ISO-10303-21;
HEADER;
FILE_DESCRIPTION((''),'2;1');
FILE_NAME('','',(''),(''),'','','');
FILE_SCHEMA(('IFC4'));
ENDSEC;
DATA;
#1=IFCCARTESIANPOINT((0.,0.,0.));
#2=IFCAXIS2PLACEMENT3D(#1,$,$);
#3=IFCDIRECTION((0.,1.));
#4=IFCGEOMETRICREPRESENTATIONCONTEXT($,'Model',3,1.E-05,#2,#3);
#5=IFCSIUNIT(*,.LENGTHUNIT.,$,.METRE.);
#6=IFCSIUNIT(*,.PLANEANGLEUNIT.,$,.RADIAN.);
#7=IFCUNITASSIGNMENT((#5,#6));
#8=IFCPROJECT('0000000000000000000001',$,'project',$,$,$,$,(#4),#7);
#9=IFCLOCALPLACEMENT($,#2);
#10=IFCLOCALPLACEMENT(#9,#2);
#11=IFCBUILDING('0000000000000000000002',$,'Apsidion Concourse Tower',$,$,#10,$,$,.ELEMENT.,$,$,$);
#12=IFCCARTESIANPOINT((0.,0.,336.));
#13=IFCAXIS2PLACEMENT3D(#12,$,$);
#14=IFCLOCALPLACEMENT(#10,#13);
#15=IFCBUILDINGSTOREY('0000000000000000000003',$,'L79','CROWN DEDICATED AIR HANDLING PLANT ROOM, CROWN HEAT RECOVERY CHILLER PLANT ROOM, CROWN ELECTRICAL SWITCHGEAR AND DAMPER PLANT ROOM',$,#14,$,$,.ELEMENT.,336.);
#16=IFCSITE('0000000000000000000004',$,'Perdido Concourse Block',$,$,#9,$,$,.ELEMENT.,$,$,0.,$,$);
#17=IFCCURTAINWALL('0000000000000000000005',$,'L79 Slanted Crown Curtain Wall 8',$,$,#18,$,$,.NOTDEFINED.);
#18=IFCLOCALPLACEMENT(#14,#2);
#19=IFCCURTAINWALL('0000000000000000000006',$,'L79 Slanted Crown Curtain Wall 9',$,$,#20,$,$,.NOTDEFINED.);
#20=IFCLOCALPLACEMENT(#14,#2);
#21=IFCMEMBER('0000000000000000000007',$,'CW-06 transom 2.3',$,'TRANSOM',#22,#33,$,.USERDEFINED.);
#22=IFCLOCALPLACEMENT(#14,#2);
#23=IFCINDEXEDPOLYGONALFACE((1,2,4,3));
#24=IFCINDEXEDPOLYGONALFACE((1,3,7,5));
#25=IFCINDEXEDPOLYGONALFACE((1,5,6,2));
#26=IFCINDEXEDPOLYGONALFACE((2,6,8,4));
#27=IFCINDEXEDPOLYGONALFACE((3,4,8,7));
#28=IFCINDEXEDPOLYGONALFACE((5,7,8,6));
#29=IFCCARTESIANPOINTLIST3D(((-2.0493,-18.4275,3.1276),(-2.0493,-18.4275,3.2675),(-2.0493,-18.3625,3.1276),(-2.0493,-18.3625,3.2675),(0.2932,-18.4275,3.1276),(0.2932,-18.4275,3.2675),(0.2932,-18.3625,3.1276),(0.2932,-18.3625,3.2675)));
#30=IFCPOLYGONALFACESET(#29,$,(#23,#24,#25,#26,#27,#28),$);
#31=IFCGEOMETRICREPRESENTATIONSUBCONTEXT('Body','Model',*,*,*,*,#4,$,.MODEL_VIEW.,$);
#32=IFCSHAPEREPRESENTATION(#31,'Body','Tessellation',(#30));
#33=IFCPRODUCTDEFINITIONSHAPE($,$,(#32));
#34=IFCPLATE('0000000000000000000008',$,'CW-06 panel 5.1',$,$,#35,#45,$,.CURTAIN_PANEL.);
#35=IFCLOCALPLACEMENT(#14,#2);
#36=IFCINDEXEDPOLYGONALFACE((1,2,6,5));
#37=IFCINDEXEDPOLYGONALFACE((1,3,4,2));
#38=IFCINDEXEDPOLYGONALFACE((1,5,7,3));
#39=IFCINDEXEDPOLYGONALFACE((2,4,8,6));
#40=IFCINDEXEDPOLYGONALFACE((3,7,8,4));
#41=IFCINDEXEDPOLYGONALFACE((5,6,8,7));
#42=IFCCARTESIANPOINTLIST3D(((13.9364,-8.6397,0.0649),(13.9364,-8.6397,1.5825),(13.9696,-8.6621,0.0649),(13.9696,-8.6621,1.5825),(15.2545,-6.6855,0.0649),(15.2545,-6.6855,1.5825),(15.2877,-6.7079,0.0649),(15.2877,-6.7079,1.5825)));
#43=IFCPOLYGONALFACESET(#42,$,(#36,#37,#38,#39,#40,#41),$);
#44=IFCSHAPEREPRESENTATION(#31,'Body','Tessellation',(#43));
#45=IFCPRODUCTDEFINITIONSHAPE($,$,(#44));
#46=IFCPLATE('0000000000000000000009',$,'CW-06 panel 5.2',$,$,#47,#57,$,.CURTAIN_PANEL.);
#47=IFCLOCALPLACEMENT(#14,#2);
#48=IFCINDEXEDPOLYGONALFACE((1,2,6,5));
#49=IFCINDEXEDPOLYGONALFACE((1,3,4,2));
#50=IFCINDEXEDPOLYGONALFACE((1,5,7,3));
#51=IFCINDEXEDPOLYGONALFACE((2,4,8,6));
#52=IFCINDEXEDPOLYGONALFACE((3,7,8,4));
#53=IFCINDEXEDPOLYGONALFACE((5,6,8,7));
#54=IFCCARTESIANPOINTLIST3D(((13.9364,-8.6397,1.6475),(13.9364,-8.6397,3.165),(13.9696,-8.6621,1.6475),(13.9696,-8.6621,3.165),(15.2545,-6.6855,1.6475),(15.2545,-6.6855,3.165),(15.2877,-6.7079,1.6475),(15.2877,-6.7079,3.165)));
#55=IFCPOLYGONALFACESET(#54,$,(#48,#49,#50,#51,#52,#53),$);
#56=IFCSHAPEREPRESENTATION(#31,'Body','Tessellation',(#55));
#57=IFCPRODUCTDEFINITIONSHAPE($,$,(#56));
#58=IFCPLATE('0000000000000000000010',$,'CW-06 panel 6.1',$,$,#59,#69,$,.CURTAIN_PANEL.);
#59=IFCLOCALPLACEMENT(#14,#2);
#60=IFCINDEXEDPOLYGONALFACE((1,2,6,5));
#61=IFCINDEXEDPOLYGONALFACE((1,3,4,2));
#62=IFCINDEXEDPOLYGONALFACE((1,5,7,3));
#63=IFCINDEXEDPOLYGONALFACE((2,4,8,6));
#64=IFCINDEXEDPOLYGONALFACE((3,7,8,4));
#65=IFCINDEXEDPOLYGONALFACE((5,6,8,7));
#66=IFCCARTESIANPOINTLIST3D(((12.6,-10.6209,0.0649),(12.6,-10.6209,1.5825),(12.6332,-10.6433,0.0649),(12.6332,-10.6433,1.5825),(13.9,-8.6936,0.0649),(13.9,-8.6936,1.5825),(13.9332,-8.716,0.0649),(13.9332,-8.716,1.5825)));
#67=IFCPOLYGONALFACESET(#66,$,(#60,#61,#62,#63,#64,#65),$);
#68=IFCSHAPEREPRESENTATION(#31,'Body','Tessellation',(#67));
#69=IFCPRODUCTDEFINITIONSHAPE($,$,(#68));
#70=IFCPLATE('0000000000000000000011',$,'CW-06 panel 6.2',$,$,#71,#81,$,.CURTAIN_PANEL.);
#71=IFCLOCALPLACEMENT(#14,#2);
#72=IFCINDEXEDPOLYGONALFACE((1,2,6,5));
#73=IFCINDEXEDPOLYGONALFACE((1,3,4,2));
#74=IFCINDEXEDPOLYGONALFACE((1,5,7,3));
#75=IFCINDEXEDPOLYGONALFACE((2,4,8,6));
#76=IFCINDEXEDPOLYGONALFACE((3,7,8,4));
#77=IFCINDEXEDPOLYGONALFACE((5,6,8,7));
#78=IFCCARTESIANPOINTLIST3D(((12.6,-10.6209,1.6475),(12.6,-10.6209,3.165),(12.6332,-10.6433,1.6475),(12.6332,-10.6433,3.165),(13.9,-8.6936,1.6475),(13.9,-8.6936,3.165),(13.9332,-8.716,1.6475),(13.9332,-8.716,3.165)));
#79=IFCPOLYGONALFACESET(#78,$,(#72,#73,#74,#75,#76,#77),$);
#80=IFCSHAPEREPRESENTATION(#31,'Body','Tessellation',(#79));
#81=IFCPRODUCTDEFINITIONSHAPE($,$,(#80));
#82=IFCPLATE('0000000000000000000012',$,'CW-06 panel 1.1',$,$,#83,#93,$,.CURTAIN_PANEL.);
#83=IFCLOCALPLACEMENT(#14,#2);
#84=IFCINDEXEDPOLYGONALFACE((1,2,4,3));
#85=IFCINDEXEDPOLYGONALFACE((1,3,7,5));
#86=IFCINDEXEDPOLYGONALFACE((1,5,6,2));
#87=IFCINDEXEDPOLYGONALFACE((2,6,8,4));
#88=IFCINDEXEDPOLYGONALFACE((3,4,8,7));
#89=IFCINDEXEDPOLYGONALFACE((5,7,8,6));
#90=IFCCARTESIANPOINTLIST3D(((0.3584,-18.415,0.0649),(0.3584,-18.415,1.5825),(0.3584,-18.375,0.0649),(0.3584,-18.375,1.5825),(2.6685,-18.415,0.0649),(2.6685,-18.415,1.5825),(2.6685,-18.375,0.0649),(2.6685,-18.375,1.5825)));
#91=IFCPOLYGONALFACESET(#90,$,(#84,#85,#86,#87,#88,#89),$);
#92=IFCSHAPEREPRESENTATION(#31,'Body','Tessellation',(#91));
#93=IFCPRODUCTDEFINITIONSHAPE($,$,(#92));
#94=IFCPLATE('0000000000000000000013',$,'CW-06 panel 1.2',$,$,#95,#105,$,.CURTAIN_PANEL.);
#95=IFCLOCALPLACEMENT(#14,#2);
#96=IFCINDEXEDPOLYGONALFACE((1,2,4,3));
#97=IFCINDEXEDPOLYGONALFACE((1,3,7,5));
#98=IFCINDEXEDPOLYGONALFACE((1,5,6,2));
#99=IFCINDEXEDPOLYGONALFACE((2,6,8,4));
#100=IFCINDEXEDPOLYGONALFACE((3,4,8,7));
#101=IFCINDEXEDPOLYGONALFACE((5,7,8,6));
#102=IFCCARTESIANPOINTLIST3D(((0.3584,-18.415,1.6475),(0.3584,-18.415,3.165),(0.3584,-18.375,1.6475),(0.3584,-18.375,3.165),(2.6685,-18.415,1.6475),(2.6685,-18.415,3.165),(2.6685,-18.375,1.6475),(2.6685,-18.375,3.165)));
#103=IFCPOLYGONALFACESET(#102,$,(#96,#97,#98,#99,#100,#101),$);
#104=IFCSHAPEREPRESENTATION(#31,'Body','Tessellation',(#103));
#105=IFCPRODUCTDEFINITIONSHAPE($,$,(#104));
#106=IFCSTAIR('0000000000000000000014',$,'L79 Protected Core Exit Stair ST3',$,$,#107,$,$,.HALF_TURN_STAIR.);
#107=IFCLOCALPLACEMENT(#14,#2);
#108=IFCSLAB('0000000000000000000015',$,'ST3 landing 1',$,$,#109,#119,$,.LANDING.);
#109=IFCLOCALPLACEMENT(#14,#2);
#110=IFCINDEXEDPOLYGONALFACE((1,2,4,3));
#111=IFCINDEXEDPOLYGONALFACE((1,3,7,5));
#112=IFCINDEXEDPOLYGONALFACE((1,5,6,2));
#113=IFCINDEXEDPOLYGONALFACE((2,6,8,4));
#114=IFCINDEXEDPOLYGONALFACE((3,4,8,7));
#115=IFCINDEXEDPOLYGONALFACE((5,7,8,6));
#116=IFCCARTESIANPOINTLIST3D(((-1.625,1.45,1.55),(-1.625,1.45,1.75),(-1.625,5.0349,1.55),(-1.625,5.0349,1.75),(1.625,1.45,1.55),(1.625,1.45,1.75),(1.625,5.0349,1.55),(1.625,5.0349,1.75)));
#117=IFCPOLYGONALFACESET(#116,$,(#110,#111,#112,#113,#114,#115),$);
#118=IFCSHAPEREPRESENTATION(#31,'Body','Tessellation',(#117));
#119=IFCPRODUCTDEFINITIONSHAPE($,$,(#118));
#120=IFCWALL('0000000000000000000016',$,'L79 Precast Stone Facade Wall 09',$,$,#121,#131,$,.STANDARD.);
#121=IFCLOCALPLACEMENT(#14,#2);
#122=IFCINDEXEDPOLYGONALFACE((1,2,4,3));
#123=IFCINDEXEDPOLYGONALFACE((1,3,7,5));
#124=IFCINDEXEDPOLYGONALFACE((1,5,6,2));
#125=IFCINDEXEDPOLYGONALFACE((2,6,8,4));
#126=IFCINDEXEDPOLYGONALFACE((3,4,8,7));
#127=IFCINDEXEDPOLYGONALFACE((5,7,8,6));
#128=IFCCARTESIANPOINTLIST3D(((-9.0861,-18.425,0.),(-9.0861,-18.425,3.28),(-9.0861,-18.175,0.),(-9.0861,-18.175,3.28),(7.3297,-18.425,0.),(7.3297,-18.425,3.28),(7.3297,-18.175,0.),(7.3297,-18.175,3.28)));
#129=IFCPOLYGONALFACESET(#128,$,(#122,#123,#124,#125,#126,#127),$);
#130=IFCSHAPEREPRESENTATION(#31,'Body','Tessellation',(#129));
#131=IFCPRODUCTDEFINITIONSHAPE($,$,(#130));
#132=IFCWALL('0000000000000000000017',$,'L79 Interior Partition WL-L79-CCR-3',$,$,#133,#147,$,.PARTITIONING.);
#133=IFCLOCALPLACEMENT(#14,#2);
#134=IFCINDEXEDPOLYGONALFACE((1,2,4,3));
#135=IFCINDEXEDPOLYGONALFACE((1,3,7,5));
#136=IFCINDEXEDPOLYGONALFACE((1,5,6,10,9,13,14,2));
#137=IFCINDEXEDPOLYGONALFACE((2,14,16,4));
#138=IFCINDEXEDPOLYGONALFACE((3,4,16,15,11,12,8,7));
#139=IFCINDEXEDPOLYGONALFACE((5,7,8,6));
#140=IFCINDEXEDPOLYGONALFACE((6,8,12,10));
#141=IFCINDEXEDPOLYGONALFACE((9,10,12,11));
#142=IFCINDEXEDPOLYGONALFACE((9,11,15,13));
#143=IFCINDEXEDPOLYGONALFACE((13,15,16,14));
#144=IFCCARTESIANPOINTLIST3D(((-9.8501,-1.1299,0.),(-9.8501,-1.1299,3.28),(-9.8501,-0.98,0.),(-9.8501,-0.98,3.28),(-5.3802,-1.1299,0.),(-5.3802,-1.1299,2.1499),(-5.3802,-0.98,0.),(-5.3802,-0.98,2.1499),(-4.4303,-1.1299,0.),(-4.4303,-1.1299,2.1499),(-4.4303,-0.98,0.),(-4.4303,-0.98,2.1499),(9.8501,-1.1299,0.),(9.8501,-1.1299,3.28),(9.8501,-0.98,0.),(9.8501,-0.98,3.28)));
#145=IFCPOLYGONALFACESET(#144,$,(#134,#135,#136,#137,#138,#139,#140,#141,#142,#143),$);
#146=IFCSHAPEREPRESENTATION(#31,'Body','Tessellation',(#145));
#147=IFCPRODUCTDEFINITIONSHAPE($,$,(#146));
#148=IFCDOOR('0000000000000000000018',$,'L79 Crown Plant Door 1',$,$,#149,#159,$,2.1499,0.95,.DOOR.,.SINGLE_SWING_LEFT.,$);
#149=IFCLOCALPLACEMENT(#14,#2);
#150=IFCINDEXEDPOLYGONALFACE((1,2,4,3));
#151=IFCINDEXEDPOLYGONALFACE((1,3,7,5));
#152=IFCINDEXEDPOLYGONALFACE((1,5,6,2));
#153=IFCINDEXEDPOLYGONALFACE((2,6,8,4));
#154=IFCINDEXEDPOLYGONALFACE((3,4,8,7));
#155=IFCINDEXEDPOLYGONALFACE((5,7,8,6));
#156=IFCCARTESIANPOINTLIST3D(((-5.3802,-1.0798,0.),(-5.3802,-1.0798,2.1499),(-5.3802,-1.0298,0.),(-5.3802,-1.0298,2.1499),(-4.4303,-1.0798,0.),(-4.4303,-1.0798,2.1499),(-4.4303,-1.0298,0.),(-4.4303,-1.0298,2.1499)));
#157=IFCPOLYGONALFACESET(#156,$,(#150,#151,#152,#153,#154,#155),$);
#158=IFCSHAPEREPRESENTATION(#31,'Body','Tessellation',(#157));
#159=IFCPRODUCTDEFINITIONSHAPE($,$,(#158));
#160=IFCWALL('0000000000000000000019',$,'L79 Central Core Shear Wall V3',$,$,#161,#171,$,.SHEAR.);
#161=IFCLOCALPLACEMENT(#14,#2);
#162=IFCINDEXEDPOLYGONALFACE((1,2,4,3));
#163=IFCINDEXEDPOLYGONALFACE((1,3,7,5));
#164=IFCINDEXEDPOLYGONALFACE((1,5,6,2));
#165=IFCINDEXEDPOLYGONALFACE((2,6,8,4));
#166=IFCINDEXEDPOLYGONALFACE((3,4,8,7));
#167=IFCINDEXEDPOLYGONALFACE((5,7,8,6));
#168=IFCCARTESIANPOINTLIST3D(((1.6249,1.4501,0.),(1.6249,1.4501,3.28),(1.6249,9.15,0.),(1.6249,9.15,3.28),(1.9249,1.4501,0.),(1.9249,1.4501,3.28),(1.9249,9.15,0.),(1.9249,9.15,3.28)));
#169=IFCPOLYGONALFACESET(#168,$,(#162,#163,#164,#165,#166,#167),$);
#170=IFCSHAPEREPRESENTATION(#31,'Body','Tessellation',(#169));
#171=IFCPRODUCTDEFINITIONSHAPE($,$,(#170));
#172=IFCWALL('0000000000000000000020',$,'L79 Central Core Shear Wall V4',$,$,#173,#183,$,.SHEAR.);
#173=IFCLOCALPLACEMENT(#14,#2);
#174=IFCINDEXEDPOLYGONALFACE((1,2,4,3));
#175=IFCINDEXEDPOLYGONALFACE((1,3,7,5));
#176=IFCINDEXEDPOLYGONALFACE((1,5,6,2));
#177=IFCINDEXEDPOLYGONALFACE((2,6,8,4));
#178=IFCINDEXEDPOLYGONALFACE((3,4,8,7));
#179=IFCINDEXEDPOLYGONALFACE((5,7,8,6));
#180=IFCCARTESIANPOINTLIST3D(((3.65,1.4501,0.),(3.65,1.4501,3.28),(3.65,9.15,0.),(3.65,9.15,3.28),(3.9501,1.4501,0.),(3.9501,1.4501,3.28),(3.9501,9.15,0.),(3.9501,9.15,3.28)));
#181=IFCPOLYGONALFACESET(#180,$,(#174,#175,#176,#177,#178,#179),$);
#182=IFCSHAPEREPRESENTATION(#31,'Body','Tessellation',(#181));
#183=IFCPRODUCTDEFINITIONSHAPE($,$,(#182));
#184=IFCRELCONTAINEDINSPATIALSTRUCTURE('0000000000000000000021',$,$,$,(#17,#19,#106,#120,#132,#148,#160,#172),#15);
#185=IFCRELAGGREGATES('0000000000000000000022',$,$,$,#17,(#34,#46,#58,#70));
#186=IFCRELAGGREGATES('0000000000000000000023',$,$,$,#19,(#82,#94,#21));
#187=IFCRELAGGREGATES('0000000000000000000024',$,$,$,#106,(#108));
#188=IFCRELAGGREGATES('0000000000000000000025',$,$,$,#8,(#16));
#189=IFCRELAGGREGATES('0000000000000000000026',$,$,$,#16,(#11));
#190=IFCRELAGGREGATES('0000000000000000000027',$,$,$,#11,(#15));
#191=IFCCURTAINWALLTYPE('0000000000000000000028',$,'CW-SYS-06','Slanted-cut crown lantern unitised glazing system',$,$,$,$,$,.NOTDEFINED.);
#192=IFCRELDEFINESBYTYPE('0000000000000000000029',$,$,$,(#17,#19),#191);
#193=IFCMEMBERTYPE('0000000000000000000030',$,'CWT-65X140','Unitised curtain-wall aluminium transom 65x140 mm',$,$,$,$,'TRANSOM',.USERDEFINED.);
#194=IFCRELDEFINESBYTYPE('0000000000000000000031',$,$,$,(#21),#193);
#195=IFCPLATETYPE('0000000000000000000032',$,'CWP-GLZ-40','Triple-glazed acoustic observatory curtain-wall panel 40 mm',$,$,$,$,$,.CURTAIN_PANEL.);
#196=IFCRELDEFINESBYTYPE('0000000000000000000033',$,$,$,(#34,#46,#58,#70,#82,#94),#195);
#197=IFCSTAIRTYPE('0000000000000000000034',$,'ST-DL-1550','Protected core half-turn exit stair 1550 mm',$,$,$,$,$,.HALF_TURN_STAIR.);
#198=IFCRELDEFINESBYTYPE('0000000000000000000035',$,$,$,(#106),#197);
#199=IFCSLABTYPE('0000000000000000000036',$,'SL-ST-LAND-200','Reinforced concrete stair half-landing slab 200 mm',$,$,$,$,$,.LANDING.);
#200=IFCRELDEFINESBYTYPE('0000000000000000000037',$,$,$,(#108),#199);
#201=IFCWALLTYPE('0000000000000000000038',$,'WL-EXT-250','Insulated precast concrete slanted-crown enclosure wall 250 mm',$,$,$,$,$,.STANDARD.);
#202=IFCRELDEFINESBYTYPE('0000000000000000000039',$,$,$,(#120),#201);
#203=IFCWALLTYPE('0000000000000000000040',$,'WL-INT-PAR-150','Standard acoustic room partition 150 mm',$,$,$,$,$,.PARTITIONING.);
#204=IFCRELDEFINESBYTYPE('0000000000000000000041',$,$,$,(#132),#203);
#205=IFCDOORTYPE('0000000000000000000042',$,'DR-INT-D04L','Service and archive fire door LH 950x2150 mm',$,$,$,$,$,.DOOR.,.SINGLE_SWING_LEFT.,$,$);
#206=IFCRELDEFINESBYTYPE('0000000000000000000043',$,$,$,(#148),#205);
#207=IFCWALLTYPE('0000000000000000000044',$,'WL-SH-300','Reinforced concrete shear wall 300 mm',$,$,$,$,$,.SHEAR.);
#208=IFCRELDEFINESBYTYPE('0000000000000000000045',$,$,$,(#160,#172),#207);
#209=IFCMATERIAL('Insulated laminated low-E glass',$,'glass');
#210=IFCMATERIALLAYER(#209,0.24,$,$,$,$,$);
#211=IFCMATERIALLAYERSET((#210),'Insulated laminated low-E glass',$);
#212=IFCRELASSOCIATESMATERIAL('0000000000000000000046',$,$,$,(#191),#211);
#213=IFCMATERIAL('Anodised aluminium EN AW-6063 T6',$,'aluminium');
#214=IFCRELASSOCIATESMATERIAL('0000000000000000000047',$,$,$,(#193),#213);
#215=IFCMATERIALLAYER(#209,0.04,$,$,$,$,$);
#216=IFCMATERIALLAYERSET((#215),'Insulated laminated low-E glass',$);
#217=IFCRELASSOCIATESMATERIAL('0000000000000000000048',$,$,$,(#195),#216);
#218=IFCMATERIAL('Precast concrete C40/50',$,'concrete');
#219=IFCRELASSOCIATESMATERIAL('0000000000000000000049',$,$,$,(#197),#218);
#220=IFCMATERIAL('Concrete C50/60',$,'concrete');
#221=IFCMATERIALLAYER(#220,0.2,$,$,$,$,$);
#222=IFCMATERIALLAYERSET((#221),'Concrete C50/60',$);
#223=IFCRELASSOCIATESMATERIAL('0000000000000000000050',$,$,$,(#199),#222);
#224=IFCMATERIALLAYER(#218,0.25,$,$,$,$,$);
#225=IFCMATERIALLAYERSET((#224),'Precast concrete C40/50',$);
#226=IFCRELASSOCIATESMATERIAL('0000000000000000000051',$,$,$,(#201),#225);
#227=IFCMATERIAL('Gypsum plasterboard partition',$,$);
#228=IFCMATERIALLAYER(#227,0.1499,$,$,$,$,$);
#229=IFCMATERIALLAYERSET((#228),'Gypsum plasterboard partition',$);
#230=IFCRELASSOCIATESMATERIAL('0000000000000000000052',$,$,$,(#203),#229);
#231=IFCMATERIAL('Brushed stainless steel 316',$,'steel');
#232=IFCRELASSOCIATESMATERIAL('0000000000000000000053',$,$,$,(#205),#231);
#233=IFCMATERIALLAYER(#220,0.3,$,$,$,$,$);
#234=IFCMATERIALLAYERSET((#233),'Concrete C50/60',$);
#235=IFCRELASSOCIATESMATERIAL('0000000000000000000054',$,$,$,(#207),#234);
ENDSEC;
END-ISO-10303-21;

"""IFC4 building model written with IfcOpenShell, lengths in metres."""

from ifc_helpers import new_model, si_unit, direction, frame, frame_2d, origin, origin_2d, place, context, subcontext, project, spatial, polyline, rectangle, outline, extrude, material, layer, layer_set, material_profile, profile_set, type_object, element, fill, aggregate, save


model = new_model("IFC4")

# Units and contexts
model_context = context("Model", 3, precision=1e-05, world=origin(), true_north=direction((0.0, 1.0)))
body_context = subcontext(model_context, "Body", "Model", "MODEL_VIEW")
ifc_project = project(units=[si_unit("LENGTHUNIT", "METRE"), si_unit("PLANEANGLEUNIT", "RADIAN")], contexts=[model_context])

# Site, building, storey
site_placement = place(None, origin())
site = spatial("IfcSite", under=ifc_project, at=site_placement, Name="Perdido Concourse Block", CompositionType="ELEMENT", RefElevation=0.0)
building_placement = place(site_placement, origin())
building = spatial("IfcBuilding", under=site, at=building_placement, Name="Apsidion Concourse Tower", CompositionType="ELEMENT")
storey_placement = place(building_placement, frame((0.0, 0.0, 336.0)))
storey = spatial("IfcBuildingStorey", under=building, at=storey_placement, Name="L79", Description="CROWN DEDICATED AIR HANDLING PLANT ROOM, CROWN HEAT RECOVERY CHILLER PLANT ROOM, CROWN ELECTRICAL SWITCHGEAR AND DAMPER PLANT ROOM", CompositionType="ELEMENT", Elevation=336.0)

# Shared definitions
ifc_material_1 = material(Name="Concrete C50/60", Category="concrete")

# Curtain walls
ifc_material_2 = material(Name="Insulated laminated low-E glass", Category="glass")
ifc_layer_1 = layer(ifc_material_2, 0.24)
ifc_layer_set_1 = layer_set([ifc_layer_1], Name="Insulated laminated low-E glass")
curtain_wall_type = type_object("IfcCurtainWallType", Name="CW-SYS-06", Description="Slanted-cut crown lantern unitised glazing system", PredefinedType="NOTDEFINED", material=ifc_layer_set_1)
curtain_wall_1_placement = place(storey_placement, origin())
curtain_wall_1 = element("IfcCurtainWall", 1, at=curtain_wall_1_placement, inside=storey, type_object=curtain_wall_type, Name="L79 Slanted Crown Curtain Wall 8", PredefinedType="NOTDEFINED")
ifc_material_3 = material(Name="Anodised aluminium EN AW-6063 T6", Category="aluminium")
curtain_wall_2_placement = place(storey_placement, origin())
curtain_wall_2 = element("IfcCurtainWall", 2, at=curtain_wall_2_placement, inside=storey, type_object=curtain_wall_type, Name="L79 Slanted Crown Curtain Wall 9", PredefinedType="NOTDEFINED")

# Member
ifc_material_profile_1 = material_profile(ifc_material_3, rectangle(XDim=0.0649, YDim=0.1399, at=origin_2d()), Name="ALU TRANSOM 65x140")
ifc_profile_set_1 = profile_set([ifc_material_profile_1], Name="Anodised aluminium EN AW-6063 T6")
member_type_1 = type_object("IfcMemberType", Name="CWT-65X140", Description="Unitised curtain-wall aluminium transom 65x140 mm", ElementType="TRANSOM", PredefinedType="USERDEFINED", material=ifc_profile_set_1)
member_1_placement = place(storey_placement, frame((0.2932, -18.395, 3.1975), z_axis=(-1.0, 0.0, 0.0), x_axis=(0.0, -1.0, 0.0)))
member_1 = element("IfcMember", 3, at=member_1_placement, type_object=member_type_1, Name="CW-06 transom 2.3", ObjectType="TRANSOM", PredefinedType="USERDEFINED", context=body_context, shape_type="SweptSolid", body=[
    extrude(rectangle(XDim=0.0649, YDim=0.1399, at=origin_2d()), origin(), (0.0, 0.0, 1.0), 2.3425),
])

# Plates
ifc_layer_2 = layer(ifc_material_2, 0.04)
ifc_layer_set_2 = layer_set([ifc_layer_2], Name="Insulated laminated low-E glass")
plate_type = type_object("IfcPlateType", Name="CWP-GLZ-40", Description="Triple-glazed acoustic observatory curtain-wall panel 40 mm", PredefinedType="CURTAIN_PANEL", material=ifc_layer_set_2)
plate_1_placement = place(storey_placement, frame((14.6121, -7.6738, 0.0649), z_axis=(0.0, 0.0, 1.0), x_axis=(-0.559192, -0.829038, 0.0)))
plate_1 = element("IfcPlate", 4, at=plate_1_placement, type_object=plate_type, Name="CW-06 panel 5.1", PredefinedType="CURTAIN_PANEL", context=body_context, shape_type="SweptSolid", body=[
    extrude(rectangle(XDim=2.3572, YDim=0.04, at=origin_2d()), origin(), (0.0, 0.0, 1.0), 1.5176),
])
plate_2_placement = place(storey_placement, frame((14.6121, -7.6738, 1.6475), z_axis=(0.0, 0.0, 1.0), x_axis=(-0.559192, -0.829038, 0.0)))
plate_2 = element("IfcPlate", 5, at=plate_2_placement, type_object=plate_type, Name="CW-06 panel 5.2", PredefinedType="CURTAIN_PANEL", context=body_context, shape_type="SweptSolid", body=[
    extrude(rectangle(XDim=2.3572, YDim=0.04, at=origin_2d()), origin(), (0.0, 0.0, 1.0), 1.5176),
])
plate_3_placement = place(storey_placement, frame((13.2666, -9.6685, 0.0649), z_axis=(0.0, 0.0, 1.0), x_axis=(-0.559192, -0.829038, 0.0)))
plate_3 = element("IfcPlate", 6, at=plate_3_placement, type_object=plate_type, Name="CW-06 panel 6.1", PredefinedType="CURTAIN_PANEL", context=body_context, shape_type="SweptSolid", body=[
    extrude(rectangle(XDim=2.3247, YDim=0.04, at=origin_2d()), origin(), (0.0, 0.0, 1.0), 1.5176),
])
plate_4_placement = place(storey_placement, frame((13.2666, -9.6685, 1.6475), z_axis=(0.0, 0.0, 1.0), x_axis=(-0.559192, -0.829038, 0.0)))
plate_4 = element("IfcPlate", 7, at=plate_4_placement, type_object=plate_type, Name="CW-06 panel 6.2", PredefinedType="CURTAIN_PANEL", context=body_context, shape_type="SweptSolid", body=[
    extrude(rectangle(XDim=2.3247, YDim=0.04, at=origin_2d()), origin(), (0.0, 0.0, 1.0), 1.5176),
])
aggregate(curtain_wall_1, [plate_1, plate_2, plate_3, plate_4])
plate_5_placement = place(storey_placement, frame((1.5134, -18.395, 0.0649), z_axis=(0.0, 0.0, 1.0), x_axis=(-1.0, 0.0, 0.0)))
plate_5 = element("IfcPlate", 8, at=plate_5_placement, type_object=plate_type, Name="CW-06 panel 1.1", PredefinedType="CURTAIN_PANEL", context=body_context, shape_type="SweptSolid", body=[
    extrude(rectangle(XDim=2.3101, YDim=0.04, at=origin_2d()), origin(), (0.0, 0.0, 1.0), 1.5176),
])
plate_6_placement = place(storey_placement, frame((1.5134, -18.395, 1.6475), z_axis=(0.0, 0.0, 1.0), x_axis=(-1.0, 0.0, 0.0)))
plate_6 = element("IfcPlate", 9, at=plate_6_placement, type_object=plate_type, Name="CW-06 panel 1.2", PredefinedType="CURTAIN_PANEL", context=body_context, shape_type="SweptSolid", body=[
    extrude(rectangle(XDim=2.3101, YDim=0.04, at=origin_2d()), origin(), (0.0, 0.0, 1.0), 1.5176),
])
aggregate(curtain_wall_2, [plate_5, plate_6, member_1])

# Stair, slab
ifc_material_4 = material(Name="Precast concrete C40/50", Category="concrete")
stair_type = type_object("IfcStairType", Name="ST-DL-1550", Description="Protected core half-turn exit stair 1550 mm", PredefinedType="HALF_TURN_STAIR", material=ifc_material_4)
stair_placement = place(storey_placement, origin())
stair = element("IfcStair", 10, at=stair_placement, inside=storey, type_object=stair_type, Name="L79 Protected Core Exit Stair ST3", PredefinedType="HALF_TURN_STAIR")
ifc_layer_3 = layer(ifc_material_1, 0.2)
ifc_layer_set_3 = layer_set([ifc_layer_3], Name="Concrete C50/60")
slab_type = type_object("IfcSlabType", Name="SL-ST-LAND-200", Description="Reinforced concrete stair half-landing slab 200 mm", PredefinedType="LANDING", material=ifc_layer_set_3)
slab_placement = place(storey_placement, frame((0.0, 0.0, 1.55)))
slab = element("IfcSlab", 11, at=slab_placement, type_object=slab_type, Name="ST3 landing 1", PredefinedType="LANDING", context=body_context, shape_type="SweptSolid", body=[
    extrude(outline(polyline([(-1.625, 5.0349), (-1.625, 1.45), (1.625, 1.45), (1.625, 5.0349), (-1.625, 5.0349)])), origin(), (0.0, 0.0, 1.0), 0.2),
])
aggregate(stair, [slab])

# Wall
ifc_layer_4 = layer(ifc_material_4, 0.25)
ifc_layer_set_4 = layer_set([ifc_layer_4], Name="Precast concrete C40/50")
wall_type_1 = type_object("IfcWallType", Name="WL-EXT-250", Description="Insulated precast concrete slanted-crown enclosure wall 250 mm", PredefinedType="STANDARD", material=ifc_layer_set_4)
wall_1_placement = place(storey_placement, frame((7.3298, -18.3, 0.0), z_axis=(0.0, 0.0, 1.0), x_axis=(-1.0, 0.0, 0.0)))
element("IfcWall", 12, at=wall_1_placement, inside=storey, type_object=wall_type_1, Name="L79 Precast Stone Facade Wall 09", PredefinedType="STANDARD", context=body_context, shape_type="SweptSolid", body=[
    extrude(rectangle(XDim=16.4158, YDim=0.25, at=frame_2d((8.208, 0.0))), origin(), (0.0, 0.0, 1.0), 3.28),
])

# Wall, opening, door
ifc_material_5 = material(Name="Gypsum plasterboard partition")
ifc_layer_5 = layer(ifc_material_5, 0.1499)
ifc_layer_set_5 = layer_set([ifc_layer_5], Name="Gypsum plasterboard partition")
wall_type_2 = type_object("IfcWallType", Name="WL-INT-PAR-150", Description="Standard acoustic room partition 150 mm", PredefinedType="PARTITIONING", material=ifc_layer_set_5)
wall_2_placement = place(storey_placement, frame((9.8501, -1.0549, 0.0), z_axis=(0.0, 0.0, 1.0), x_axis=(-1.0, 0.0, 0.0)))
wall_2 = element("IfcWall", 13, at=wall_2_placement, inside=storey, type_object=wall_type_2, Name="L79 Interior Partition WL-L79-CCR-3", PredefinedType="PARTITIONING", context=body_context, shape_type="SweptSolid", body=[
    extrude(rectangle(XDim=19.7002, YDim=0.1499, at=frame_2d((9.8501, 0.0))), origin(), (0.0, 0.0, 1.0), 3.28),
])
opening_placement = place(wall_2_placement, frame((14.2803, 0.0, 0.0)))
opening = element("IfcOpeningElement", 14, at=opening_placement, cuts=wall_2, PredefinedType="OPENING", context=body_context, shape_type="SweptSolid", body=[
    extrude(rectangle(XDim=0.95, YDim=2.1499, at=frame_2d((0.4751, 1.075))), frame((0.0, 0.085, 0.0), z_axis=(0.0, -1.0, 0.0), x_axis=(1.0, 0.0, 0.0)), (0.0, 0.0, 1.0), 0.1699),
])
ifc_material_6 = material(Name="Brushed stainless steel 316", Category="steel")
door_type = type_object("IfcDoorType", Name="DR-INT-D04L", Description="Service and archive fire door LH 950x2150 mm", OperationType="SINGLE_SWING_LEFT", PredefinedType="DOOR", material=ifc_material_6)
door_placement = place(opening_placement, origin())
door = element("IfcDoor", 15, at=door_placement, inside=storey, type_object=door_type, Name="L79 Crown Plant Door 1", OperationType="SINGLE_SWING_LEFT", OverallHeight=2.1499, OverallWidth=0.95, PredefinedType="DOOR", context=body_context, shape_type="SweptSolid", body=[
    extrude(rectangle(XDim=0.95, YDim=2.1499, at=frame_2d((0.4751, 1.075))), frame((0.0, 0.0249, 0.0), z_axis=(0.0, -1.0, 0.0), x_axis=(1.0, 0.0, 0.0)), (0.0, 0.0, 1.0), 0.05),
])
fill(opening, door)

# Walls
ifc_layer_6 = layer(ifc_material_1, 0.3)
ifc_layer_set_6 = layer_set([ifc_layer_6], Name="Concrete C50/60")
wall_type_3 = type_object("IfcWallType", Name="WL-SH-300", Description="Reinforced concrete shear wall 300 mm", PredefinedType="SHEAR", material=ifc_layer_set_6)
for number, where, z_axis, x_axis, name in (
    (16, (1.7749, 1.45, 0.0), (0.0, 0.0, 1.0), (0.0, 1.0, 0.0), "L79 Central Core Shear Wall V3"),
    (17, (3.8, 1.45, 0.0), (0.0, 0.0, 1.0), (0.0, 1.0, 0.0), "L79 Central Core Shear Wall V4"),
):
    element("IfcWall", number, at=place(storey_placement, frame(where, z_axis=z_axis, x_axis=x_axis)), inside=storey, type_object=wall_type_3, Name=name, PredefinedType="SHEAR", context=body_context, shape_type="SweptSolid", body=[
        extrude(rectangle(XDim=7.7, YDim=0.3, at=frame_2d((3.8501, 0.0))), origin(), (0.0, 0.0, 1.0), 3.28),
    ])

save(model, "model.ifc")
